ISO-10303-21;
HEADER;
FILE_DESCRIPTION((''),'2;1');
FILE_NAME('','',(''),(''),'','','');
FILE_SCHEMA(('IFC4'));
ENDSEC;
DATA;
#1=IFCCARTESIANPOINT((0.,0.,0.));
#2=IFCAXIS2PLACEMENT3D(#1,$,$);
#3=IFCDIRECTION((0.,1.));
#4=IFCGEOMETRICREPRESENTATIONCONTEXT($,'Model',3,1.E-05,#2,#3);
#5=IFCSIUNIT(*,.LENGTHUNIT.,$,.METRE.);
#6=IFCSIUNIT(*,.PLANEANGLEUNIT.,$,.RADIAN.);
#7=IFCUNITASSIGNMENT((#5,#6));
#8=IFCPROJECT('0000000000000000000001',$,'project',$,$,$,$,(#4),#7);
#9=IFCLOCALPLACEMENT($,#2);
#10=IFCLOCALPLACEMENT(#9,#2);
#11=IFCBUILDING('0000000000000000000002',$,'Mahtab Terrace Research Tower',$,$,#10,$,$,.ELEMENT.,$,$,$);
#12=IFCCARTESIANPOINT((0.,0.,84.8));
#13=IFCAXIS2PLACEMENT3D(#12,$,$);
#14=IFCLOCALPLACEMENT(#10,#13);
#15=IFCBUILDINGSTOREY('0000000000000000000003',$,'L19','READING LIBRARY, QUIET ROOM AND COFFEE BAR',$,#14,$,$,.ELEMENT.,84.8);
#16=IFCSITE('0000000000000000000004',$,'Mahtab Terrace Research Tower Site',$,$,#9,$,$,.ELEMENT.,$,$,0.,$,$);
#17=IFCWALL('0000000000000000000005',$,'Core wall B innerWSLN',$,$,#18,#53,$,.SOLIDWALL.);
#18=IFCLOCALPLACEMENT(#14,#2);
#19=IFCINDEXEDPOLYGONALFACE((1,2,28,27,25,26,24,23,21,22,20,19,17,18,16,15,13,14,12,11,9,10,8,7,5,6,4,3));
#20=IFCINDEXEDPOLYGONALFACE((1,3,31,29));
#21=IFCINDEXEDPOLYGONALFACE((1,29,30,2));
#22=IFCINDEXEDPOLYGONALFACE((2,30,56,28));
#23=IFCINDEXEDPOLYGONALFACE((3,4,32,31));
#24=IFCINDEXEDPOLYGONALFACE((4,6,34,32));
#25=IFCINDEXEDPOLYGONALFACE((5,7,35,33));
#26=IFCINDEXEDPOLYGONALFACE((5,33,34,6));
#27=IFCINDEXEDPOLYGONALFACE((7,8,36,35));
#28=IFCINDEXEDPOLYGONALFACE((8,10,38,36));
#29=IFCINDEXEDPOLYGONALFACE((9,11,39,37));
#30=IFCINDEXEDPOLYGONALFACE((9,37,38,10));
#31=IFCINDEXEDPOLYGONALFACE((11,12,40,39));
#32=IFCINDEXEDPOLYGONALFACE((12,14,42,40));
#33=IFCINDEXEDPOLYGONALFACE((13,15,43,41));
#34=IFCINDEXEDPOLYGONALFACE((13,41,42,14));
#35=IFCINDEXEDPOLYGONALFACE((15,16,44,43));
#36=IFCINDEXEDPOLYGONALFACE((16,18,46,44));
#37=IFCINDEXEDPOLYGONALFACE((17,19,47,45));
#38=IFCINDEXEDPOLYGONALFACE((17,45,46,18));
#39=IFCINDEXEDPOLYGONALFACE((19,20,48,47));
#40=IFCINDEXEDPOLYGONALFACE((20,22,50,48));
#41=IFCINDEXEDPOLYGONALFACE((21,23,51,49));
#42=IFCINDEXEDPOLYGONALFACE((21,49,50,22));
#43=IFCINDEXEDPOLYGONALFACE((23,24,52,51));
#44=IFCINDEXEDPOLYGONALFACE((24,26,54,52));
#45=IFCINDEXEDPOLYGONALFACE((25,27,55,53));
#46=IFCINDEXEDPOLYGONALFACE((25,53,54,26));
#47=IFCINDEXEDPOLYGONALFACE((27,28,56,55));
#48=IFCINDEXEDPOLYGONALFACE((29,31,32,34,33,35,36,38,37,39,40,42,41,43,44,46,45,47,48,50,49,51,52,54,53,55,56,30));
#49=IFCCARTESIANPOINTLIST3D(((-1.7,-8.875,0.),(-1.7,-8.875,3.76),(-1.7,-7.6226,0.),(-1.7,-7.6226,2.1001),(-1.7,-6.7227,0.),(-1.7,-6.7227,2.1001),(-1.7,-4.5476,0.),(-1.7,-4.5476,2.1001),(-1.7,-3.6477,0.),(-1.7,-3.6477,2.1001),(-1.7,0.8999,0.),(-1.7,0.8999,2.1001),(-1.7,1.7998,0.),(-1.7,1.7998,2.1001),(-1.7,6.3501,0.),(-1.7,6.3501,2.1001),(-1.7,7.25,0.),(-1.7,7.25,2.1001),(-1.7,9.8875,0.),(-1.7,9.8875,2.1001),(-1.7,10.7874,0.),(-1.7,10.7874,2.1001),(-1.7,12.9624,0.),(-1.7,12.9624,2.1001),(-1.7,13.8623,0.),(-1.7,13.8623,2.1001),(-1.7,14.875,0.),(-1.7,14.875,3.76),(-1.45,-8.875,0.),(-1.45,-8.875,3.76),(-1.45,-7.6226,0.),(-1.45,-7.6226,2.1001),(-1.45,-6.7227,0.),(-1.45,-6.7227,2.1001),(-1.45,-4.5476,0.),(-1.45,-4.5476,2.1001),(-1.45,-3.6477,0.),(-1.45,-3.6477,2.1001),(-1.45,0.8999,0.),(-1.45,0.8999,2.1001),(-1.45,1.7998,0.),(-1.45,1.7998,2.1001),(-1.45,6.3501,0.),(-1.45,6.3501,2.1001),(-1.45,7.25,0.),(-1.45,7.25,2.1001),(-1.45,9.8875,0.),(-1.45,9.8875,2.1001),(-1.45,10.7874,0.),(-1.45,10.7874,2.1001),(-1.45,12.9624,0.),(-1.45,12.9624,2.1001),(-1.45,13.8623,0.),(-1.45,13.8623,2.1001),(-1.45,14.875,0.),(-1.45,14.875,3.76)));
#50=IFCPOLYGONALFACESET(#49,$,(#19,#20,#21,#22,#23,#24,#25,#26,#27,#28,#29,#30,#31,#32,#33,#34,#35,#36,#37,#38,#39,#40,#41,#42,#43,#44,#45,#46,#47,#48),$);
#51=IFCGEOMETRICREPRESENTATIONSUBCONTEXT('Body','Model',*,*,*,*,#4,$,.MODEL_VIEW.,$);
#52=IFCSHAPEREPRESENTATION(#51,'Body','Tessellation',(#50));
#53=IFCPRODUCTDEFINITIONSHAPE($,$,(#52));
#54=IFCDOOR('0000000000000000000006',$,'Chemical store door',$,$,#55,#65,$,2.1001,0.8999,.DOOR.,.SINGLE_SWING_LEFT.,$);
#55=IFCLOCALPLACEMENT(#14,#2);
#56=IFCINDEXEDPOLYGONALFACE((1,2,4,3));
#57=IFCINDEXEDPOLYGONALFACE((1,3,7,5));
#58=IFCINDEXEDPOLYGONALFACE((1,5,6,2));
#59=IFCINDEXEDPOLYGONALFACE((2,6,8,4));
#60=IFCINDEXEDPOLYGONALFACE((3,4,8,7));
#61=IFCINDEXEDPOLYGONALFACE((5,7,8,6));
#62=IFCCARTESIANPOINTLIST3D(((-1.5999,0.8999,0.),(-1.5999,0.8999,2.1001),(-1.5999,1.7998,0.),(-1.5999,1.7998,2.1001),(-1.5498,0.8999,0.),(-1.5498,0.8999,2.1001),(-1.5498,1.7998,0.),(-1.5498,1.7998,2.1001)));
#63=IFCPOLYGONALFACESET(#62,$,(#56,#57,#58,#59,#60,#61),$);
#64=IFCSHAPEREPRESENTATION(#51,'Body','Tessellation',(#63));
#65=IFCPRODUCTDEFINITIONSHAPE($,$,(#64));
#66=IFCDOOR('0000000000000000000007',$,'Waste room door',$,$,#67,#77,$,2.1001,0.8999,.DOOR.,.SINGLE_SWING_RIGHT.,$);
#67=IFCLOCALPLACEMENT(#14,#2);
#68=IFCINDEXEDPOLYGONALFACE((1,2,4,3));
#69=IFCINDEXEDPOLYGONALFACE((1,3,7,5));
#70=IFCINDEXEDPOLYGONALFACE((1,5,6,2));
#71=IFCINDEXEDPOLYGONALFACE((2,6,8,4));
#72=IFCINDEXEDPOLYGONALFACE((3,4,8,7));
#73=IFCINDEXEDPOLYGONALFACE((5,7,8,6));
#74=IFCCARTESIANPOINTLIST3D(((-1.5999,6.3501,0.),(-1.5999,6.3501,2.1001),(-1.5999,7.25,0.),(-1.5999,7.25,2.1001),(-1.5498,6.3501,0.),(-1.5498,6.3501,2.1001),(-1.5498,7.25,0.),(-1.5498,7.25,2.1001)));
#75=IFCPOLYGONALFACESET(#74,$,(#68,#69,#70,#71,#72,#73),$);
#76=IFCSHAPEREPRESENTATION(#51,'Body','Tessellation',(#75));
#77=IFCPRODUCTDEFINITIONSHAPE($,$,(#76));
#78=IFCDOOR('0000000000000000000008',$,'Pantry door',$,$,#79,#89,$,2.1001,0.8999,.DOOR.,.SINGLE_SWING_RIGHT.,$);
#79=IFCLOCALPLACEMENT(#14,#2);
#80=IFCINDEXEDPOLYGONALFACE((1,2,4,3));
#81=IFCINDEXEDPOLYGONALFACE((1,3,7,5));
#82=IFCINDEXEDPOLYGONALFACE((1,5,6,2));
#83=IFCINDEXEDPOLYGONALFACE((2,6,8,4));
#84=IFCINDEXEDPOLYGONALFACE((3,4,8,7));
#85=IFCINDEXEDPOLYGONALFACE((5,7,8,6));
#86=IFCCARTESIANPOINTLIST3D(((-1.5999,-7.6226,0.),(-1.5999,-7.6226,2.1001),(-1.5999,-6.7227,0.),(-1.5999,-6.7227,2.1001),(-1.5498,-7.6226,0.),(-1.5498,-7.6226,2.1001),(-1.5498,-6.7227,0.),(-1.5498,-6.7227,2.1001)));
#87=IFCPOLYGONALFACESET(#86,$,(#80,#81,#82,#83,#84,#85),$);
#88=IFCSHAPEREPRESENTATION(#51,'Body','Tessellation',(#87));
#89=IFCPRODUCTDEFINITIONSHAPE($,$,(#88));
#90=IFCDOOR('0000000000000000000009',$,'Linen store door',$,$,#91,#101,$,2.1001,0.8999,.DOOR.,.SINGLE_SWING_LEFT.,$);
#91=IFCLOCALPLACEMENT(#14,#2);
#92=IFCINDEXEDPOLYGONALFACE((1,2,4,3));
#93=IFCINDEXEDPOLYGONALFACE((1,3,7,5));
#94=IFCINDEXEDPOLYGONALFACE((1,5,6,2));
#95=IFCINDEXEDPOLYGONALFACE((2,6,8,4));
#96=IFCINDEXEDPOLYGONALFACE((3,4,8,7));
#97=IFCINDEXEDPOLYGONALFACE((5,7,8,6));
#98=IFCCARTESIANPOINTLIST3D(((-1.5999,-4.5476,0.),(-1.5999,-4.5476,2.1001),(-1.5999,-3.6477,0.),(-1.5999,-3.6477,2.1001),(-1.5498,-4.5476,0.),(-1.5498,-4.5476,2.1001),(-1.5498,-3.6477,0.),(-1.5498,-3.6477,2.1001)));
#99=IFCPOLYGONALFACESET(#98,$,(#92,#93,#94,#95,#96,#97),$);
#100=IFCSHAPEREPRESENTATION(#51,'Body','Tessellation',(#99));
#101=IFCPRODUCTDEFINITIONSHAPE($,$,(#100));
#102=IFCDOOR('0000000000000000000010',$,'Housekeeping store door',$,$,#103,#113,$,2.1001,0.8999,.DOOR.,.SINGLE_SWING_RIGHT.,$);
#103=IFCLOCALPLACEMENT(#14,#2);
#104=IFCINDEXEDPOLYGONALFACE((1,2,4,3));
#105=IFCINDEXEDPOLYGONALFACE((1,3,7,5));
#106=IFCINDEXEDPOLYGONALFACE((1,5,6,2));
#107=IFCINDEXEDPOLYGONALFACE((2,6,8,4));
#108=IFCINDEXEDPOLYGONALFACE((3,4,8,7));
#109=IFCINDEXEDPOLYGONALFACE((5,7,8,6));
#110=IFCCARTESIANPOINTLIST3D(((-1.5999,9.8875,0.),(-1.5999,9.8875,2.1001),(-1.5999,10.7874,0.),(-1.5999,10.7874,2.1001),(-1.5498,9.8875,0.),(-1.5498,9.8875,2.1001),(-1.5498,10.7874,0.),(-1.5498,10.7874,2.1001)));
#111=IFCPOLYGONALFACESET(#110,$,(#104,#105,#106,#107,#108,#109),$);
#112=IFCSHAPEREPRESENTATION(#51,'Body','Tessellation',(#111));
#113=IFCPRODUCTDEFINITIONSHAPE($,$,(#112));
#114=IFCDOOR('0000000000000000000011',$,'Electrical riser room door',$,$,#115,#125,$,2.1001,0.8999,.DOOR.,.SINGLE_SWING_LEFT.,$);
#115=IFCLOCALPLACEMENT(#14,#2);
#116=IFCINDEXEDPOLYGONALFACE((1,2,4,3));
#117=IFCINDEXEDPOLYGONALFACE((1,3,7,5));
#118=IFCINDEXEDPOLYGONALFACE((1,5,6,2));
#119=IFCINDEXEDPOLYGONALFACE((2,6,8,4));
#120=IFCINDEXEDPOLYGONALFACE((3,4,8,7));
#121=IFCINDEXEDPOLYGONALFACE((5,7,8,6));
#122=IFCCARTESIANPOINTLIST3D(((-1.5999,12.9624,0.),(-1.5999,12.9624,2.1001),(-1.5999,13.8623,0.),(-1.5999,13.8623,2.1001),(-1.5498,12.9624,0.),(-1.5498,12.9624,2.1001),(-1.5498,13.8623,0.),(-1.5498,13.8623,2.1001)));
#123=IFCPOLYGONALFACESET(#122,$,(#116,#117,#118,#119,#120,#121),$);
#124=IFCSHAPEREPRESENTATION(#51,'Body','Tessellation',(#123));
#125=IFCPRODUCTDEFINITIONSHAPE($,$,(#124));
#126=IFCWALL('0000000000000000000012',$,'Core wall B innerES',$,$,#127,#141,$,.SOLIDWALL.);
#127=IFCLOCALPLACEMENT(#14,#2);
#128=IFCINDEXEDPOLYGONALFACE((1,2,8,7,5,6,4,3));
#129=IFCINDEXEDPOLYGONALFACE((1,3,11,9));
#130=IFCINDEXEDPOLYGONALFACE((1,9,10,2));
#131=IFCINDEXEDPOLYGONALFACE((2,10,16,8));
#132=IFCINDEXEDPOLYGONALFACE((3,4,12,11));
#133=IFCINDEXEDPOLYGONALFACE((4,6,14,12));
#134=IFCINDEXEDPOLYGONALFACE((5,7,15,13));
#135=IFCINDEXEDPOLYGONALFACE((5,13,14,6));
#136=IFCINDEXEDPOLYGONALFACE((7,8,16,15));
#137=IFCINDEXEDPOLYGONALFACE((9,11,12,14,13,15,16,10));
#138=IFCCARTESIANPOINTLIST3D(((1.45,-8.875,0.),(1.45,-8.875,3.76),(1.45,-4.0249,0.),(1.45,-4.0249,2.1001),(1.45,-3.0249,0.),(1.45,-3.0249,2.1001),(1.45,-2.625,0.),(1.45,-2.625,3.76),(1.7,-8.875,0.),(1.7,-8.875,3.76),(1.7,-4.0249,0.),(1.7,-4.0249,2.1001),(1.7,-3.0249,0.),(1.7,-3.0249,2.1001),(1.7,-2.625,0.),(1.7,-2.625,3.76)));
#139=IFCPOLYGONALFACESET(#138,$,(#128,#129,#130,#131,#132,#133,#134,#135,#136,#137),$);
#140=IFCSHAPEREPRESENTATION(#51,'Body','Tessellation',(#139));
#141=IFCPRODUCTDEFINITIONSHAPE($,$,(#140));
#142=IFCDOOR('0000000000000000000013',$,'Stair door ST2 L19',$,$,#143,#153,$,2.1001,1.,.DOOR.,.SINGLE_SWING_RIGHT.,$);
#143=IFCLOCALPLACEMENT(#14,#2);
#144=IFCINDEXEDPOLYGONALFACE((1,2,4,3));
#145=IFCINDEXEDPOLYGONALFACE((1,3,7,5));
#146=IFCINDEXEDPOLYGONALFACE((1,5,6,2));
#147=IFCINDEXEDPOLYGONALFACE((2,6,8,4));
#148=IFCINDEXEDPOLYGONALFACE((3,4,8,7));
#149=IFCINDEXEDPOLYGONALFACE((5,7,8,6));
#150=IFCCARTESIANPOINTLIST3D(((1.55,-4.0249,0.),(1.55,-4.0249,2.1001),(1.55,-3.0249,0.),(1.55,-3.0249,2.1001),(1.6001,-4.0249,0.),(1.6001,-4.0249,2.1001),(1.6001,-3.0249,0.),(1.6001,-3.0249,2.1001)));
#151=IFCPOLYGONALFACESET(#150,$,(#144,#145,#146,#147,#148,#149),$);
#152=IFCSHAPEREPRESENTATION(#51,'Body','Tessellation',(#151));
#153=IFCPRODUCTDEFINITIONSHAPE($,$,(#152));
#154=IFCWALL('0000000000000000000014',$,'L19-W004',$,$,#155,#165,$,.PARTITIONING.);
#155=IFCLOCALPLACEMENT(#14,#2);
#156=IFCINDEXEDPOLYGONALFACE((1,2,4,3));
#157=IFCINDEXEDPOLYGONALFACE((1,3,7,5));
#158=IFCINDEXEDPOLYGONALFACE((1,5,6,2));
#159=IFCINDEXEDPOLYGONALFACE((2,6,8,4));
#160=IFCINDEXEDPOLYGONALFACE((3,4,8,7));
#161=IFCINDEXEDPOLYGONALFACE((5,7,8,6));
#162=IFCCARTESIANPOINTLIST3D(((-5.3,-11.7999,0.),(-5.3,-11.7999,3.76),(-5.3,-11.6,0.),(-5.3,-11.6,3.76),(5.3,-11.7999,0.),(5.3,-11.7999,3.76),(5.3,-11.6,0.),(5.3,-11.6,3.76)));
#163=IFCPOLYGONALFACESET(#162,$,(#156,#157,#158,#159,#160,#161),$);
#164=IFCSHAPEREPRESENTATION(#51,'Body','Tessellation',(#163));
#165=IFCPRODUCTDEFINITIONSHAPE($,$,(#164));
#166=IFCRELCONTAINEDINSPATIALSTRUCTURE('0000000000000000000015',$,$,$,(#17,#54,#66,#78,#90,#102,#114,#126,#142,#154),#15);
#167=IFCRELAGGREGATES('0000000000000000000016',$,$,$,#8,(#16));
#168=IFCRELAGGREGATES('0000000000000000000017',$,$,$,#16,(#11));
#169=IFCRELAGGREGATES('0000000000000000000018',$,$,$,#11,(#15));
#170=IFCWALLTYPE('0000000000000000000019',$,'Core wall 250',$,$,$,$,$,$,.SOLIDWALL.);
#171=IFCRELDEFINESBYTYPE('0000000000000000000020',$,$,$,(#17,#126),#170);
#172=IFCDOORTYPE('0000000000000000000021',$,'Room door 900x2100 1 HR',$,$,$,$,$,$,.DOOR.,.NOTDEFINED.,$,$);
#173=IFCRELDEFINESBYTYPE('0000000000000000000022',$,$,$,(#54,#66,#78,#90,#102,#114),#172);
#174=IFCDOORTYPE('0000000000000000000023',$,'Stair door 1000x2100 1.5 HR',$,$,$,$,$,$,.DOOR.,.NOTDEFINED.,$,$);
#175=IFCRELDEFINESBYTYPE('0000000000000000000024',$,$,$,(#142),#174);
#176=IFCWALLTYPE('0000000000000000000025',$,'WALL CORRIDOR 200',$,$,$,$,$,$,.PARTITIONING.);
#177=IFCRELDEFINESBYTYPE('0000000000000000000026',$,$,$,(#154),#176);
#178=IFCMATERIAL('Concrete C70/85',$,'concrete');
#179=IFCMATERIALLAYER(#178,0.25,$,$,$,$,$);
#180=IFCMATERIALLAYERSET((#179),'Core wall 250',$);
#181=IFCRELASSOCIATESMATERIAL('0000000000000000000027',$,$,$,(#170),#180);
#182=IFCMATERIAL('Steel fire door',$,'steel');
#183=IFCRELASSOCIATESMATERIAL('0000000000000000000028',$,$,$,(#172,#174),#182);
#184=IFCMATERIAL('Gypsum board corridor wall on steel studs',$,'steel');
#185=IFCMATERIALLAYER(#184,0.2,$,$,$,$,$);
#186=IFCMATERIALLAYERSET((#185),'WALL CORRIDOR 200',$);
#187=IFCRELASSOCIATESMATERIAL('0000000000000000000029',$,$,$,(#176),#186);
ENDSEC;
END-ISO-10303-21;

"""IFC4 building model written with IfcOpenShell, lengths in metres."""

from ifc_helpers import new_model, si_unit, direction, frame, frame_2d, origin, place, context, subcontext, project, spatial, rectangle, extrude, material, layer, layer_set, type_object, element, fill, save


model = new_model("IFC4")

# Units and contexts
model_context = context("Model", 3, precision=1e-05, world=origin(), true_north=direction((0.0, 1.0)))
body_context = subcontext(model_context, "Body", "Model", "MODEL_VIEW")
ifc_project = project(units=[si_unit("LENGTHUNIT", "METRE"), si_unit("PLANEANGLEUNIT", "RADIAN")], contexts=[model_context])

# Site, building, storey
site_placement = place(None, origin())
site = spatial("IfcSite", under=ifc_project, at=site_placement, Name="Mahtab Terrace Research Tower Site", CompositionType="ELEMENT", RefElevation=0.0)
building_placement = place(site_placement, origin())
building = spatial("IfcBuilding", under=site, at=building_placement, Name="Mahtab Terrace Research Tower", CompositionType="ELEMENT")
storey_placement = place(building_placement, frame((0.0, 0.0, 84.8)))
storey = spatial("IfcBuildingStorey", under=building, at=storey_placement, Name="L19", Description="READING LIBRARY, QUIET ROOM AND COFFEE BAR", CompositionType="ELEMENT", Elevation=84.8)

# Shared definitions
ifc_material_1 = material(Name="Concrete C70/85", Category="concrete")

# Wall, openings, doors
ifc_layer_1 = layer(ifc_material_1, 0.25)
ifc_layer_set_1 = layer_set([ifc_layer_1], Name="Core wall 250")
wall_type_1 = type_object("IfcWallType", Name="Core wall 250", PredefinedType="SOLIDWALL", material=ifc_layer_set_1)
wall_1_placement = place(storey_placement, frame((-1.575, -8.875, 0.0), z_axis=(0.0, 0.0, 1.0), x_axis=(0.0, 1.0, 0.0)))
wall_1 = element("IfcWall", 1, at=wall_1_placement, inside=storey, type_object=wall_type_1, Name="Core wall B innerWSLN", PredefinedType="SOLIDWALL", context=body_context, shape_type="SweptSolid", body=[
    extrude(rectangle(XDim=23.75, YDim=0.25, at=frame_2d((11.875, 0.0))), origin(), (0.0, 0.0, 1.0), 3.76),
])
opening_1_placement = place(wall_1_placement, frame((9.7749, 0.0, 0.0)))
opening_1 = element("IfcOpeningElement", 2, at=opening_1_placement, cuts=wall_1, PredefinedType="OPENING", context=body_context, shape_type="SweptSolid", body=[
    extrude(rectangle(XDim=0.8999, YDim=2.1001, at=frame_2d((0.45, 1.05))), frame((0.0, 0.135, 0.0), z_axis=(0.0, -1.0, 0.0), x_axis=(1.0, 0.0, 0.0)), (0.0, 0.0, 1.0), 0.27),
])
opening_2_placement = place(wall_1_placement, frame((15.2251, 0.0, 0.0)))
opening_2 = element("IfcOpeningElement", 3, at=opening_2_placement, cuts=wall_1, PredefinedType="OPENING", context=body_context, shape_type="SweptSolid", body=[
    extrude(rectangle(XDim=0.8999, YDim=2.1001, at=frame_2d((0.45, 1.05))), frame((0.0, 0.135, 0.0), z_axis=(0.0, -1.0, 0.0), x_axis=(1.0, 0.0, 0.0)), (0.0, 0.0, 1.0), 0.27),
])
opening_3_placement = place(wall_1_placement, frame((1.2524, 0.0, 0.0)))
opening_3 = element("IfcOpeningElement", 4, at=opening_3_placement, cuts=wall_1, PredefinedType="OPENING", context=body_context, shape_type="SweptSolid", body=[
    extrude(rectangle(XDim=0.8999, YDim=2.1001, at=frame_2d((0.45, 1.05))), frame((0.0, 0.135, 0.0), z_axis=(0.0, -1.0, 0.0), x_axis=(1.0, 0.0, 0.0)), (0.0, 0.0, 1.0), 0.27),
])
opening_4_placement = place(wall_1_placement, frame((4.3274, 0.0, 0.0)))
opening_4 = element("IfcOpeningElement", 5, at=opening_4_placement, cuts=wall_1, PredefinedType="OPENING", context=body_context, shape_type="SweptSolid", body=[
    extrude(rectangle(XDim=0.8999, YDim=2.1001, at=frame_2d((0.45, 1.05))), frame((0.0, 0.135, 0.0), z_axis=(0.0, -1.0, 0.0), x_axis=(1.0, 0.0, 0.0)), (0.0, 0.0, 1.0), 0.27),
])
opening_5_placement = place(wall_1_placement, frame((18.7625, 0.0, 0.0)))
opening_5 = element("IfcOpeningElement", 6, at=opening_5_placement, cuts=wall_1, PredefinedType="OPENING", context=body_context, shape_type="SweptSolid", body=[
    extrude(rectangle(XDim=0.8999, YDim=2.1001, at=frame_2d((0.45, 1.05))), frame((0.0, 0.135, 0.0), z_axis=(0.0, -1.0, 0.0), x_axis=(1.0, 0.0, 0.0)), (0.0, 0.0, 1.0), 0.27),
])
opening_6_placement = place(wall_1_placement, frame((21.8374, 0.0, 0.0)))
opening_6 = element("IfcOpeningElement", 7, at=opening_6_placement, cuts=wall_1, PredefinedType="OPENING", context=body_context, shape_type="SweptSolid", body=[
    extrude(rectangle(XDim=0.8999, YDim=2.1001, at=frame_2d((0.45, 1.05))), frame((0.0, 0.135, 0.0), z_axis=(0.0, -1.0, 0.0), x_axis=(1.0, 0.0, 0.0)), (0.0, 0.0, 1.0), 0.27),
])
ifc_material_2 = material(Name="Steel fire door", Category="steel")
door_type_1 = type_object("IfcDoorType", Name="Room door 900x2100 1 HR", OperationType="NOTDEFINED", PredefinedType="DOOR", material=ifc_material_2)
door_1_placement = place(opening_1_placement, origin())
door_1 = element("IfcDoor", 8, at=door_1_placement, inside=storey, type_object=door_type_1, Name="Chemical store door", OperationType="SINGLE_SWING_LEFT", OverallHeight=2.1001, OverallWidth=0.8999, PredefinedType="DOOR", context=body_context, shape_type="SweptSolid", body=[
    extrude(rectangle(XDim=0.8999, YDim=2.1001, at=frame_2d((0.45, 1.05))), frame((0.0, 0.0249, 0.0), z_axis=(0.0, -1.0, 0.0), x_axis=(1.0, 0.0, 0.0)), (0.0, 0.0, 1.0), 0.05),
])
fill(opening_1, door_1)
door_2_placement = place(opening_2_placement, origin())
door_2 = element("IfcDoor", 9, at=door_2_placement, inside=storey, type_object=door_type_1, Name="Waste room door", OperationType="SINGLE_SWING_RIGHT", OverallHeight=2.1001, OverallWidth=0.8999, PredefinedType="DOOR", context=body_context, shape_type="SweptSolid", body=[
    extrude(rectangle(XDim=0.8999, YDim=2.1001, at=frame_2d((0.45, 1.05))), frame((0.0, 0.0249, 0.0), z_axis=(0.0, -1.0, 0.0), x_axis=(1.0, 0.0, 0.0)), (0.0, 0.0, 1.0), 0.05),
])
fill(opening_2, door_2)
door_3_placement = place(opening_3_placement, origin())
door_3 = element("IfcDoor", 10, at=door_3_placement, inside=storey, type_object=door_type_1, Name="Pantry door", OperationType="SINGLE_SWING_RIGHT", OverallHeight=2.1001, OverallWidth=0.8999, PredefinedType="DOOR", context=body_context, shape_type="SweptSolid", body=[
    extrude(rectangle(XDim=0.8999, YDim=2.1001, at=frame_2d((0.45, 1.05))), frame((0.0, 0.0249, 0.0), z_axis=(0.0, -1.0, 0.0), x_axis=(1.0, 0.0, 0.0)), (0.0, 0.0, 1.0), 0.05),
])
fill(opening_3, door_3)
door_4_placement = place(opening_4_placement, origin())
door_4 = element("IfcDoor", 11, at=door_4_placement, inside=storey, type_object=door_type_1, Name="Linen store door", OperationType="SINGLE_SWING_LEFT", OverallHeight=2.1001, OverallWidth=0.8999, PredefinedType="DOOR", context=body_context, shape_type="SweptSolid", body=[
    extrude(rectangle(XDim=0.8999, YDim=2.1001, at=frame_2d((0.45, 1.05))), frame((0.0, 0.0249, 0.0), z_axis=(0.0, -1.0, 0.0), x_axis=(1.0, 0.0, 0.0)), (0.0, 0.0, 1.0), 0.05),
])
fill(opening_4, door_4)
door_5_placement = place(opening_5_placement, origin())
door_5 = element("IfcDoor", 12, at=door_5_placement, inside=storey, type_object=door_type_1, Name="Housekeeping store door", OperationType="SINGLE_SWING_RIGHT", OverallHeight=2.1001, OverallWidth=0.8999, PredefinedType="DOOR", context=body_context, shape_type="SweptSolid", body=[
    extrude(rectangle(XDim=0.8999, YDim=2.1001, at=frame_2d((0.45, 1.05))), frame((0.0, 0.0249, 0.0), z_axis=(0.0, -1.0, 0.0), x_axis=(1.0, 0.0, 0.0)), (0.0, 0.0, 1.0), 0.05),
])
fill(opening_5, door_5)
door_6_placement = place(opening_6_placement, origin())
door_6 = element("IfcDoor", 13, at=door_6_placement, inside=storey, type_object=door_type_1, Name="Electrical riser room door", OperationType="SINGLE_SWING_LEFT", OverallHeight=2.1001, OverallWidth=0.8999, PredefinedType="DOOR", context=body_context, shape_type="SweptSolid", body=[
    extrude(rectangle(XDim=0.8999, YDim=2.1001, at=frame_2d((0.45, 1.05))), frame((0.0, 0.0249, 0.0), z_axis=(0.0, -1.0, 0.0), x_axis=(1.0, 0.0, 0.0)), (0.0, 0.0, 1.0), 0.05),
])
fill(opening_6, door_6)

# Wall, opening, door
wall_2_placement = place(storey_placement, frame((1.575, -8.875, 0.0), z_axis=(0.0, 0.0, 1.0), x_axis=(0.0, 1.0, 0.0)))
wall_2 = element("IfcWall", 14, at=wall_2_placement, inside=storey, type_object=wall_type_1, Name="Core wall B innerES", PredefinedType="SOLIDWALL", context=body_context, shape_type="SweptSolid", body=[
    extrude(rectangle(XDim=6.25, YDim=0.25, at=frame_2d((3.125, 0.0))), origin(), (0.0, 0.0, 1.0), 3.76),
])
opening_7_placement = place(wall_2_placement, frame((4.8501, 0.0, 0.0)))
opening_7 = element("IfcOpeningElement", 15, at=opening_7_placement, cuts=wall_2, PredefinedType="OPENING", context=body_context, shape_type="SweptSolid", body=[
    extrude(rectangle(XDim=1.0, YDim=2.1001, at=frame_2d((0.5, 1.05))), frame((0.0, 0.135, 0.0), z_axis=(0.0, -1.0, 0.0), x_axis=(1.0, 0.0, 0.0)), (0.0, 0.0, 1.0), 0.27),
])
door_type_2 = type_object("IfcDoorType", Name="Stair door 1000x2100 1.5 HR", OperationType="NOTDEFINED", PredefinedType="DOOR", material=ifc_material_2)
door_7_placement = place(opening_7_placement, origin())
door_7 = element("IfcDoor", 16, at=door_7_placement, inside=storey, type_object=door_type_2, Name="Stair door ST2 L19", OperationType="SINGLE_SWING_RIGHT", OverallHeight=2.1001, OverallWidth=1.0, PredefinedType="DOOR", context=body_context, shape_type="SweptSolid", body=[
    extrude(rectangle(XDim=1.0, YDim=2.1001, at=frame_2d((0.5, 1.05))), frame((0.0, 0.0249, 0.0), z_axis=(0.0, -1.0, 0.0), x_axis=(1.0, 0.0, 0.0)), (0.0, 0.0, 1.0), 0.05),
])
fill(opening_7, door_7)

# Wall
ifc_material_3 = material(Name="Gypsum board corridor wall on steel studs", Category="steel")
ifc_layer_2 = layer(ifc_material_3, 0.2)
ifc_layer_set_2 = layer_set([ifc_layer_2], Name="WALL CORRIDOR 200")
wall_type_2 = type_object("IfcWallType", Name="WALL CORRIDOR 200", PredefinedType="PARTITIONING", material=ifc_layer_set_2)
wall_3_placement = place(storey_placement, frame((-5.3, -11.7, 0.0), z_axis=(0.0, 0.0, 1.0), x_axis=(1.0, 0.0, 0.0)))
element("IfcWall", 17, at=wall_3_placement, inside=storey, type_object=wall_type_2, Name="L19-W004", PredefinedType="PARTITIONING", context=body_context, shape_type="SweptSolid", body=[
    extrude(rectangle(XDim=10.6001, YDim=0.2, at=frame_2d((5.3, 0.0))), origin(), (0.0, 0.0, 1.0), 3.76),
])

save(model, "model.ifc")
